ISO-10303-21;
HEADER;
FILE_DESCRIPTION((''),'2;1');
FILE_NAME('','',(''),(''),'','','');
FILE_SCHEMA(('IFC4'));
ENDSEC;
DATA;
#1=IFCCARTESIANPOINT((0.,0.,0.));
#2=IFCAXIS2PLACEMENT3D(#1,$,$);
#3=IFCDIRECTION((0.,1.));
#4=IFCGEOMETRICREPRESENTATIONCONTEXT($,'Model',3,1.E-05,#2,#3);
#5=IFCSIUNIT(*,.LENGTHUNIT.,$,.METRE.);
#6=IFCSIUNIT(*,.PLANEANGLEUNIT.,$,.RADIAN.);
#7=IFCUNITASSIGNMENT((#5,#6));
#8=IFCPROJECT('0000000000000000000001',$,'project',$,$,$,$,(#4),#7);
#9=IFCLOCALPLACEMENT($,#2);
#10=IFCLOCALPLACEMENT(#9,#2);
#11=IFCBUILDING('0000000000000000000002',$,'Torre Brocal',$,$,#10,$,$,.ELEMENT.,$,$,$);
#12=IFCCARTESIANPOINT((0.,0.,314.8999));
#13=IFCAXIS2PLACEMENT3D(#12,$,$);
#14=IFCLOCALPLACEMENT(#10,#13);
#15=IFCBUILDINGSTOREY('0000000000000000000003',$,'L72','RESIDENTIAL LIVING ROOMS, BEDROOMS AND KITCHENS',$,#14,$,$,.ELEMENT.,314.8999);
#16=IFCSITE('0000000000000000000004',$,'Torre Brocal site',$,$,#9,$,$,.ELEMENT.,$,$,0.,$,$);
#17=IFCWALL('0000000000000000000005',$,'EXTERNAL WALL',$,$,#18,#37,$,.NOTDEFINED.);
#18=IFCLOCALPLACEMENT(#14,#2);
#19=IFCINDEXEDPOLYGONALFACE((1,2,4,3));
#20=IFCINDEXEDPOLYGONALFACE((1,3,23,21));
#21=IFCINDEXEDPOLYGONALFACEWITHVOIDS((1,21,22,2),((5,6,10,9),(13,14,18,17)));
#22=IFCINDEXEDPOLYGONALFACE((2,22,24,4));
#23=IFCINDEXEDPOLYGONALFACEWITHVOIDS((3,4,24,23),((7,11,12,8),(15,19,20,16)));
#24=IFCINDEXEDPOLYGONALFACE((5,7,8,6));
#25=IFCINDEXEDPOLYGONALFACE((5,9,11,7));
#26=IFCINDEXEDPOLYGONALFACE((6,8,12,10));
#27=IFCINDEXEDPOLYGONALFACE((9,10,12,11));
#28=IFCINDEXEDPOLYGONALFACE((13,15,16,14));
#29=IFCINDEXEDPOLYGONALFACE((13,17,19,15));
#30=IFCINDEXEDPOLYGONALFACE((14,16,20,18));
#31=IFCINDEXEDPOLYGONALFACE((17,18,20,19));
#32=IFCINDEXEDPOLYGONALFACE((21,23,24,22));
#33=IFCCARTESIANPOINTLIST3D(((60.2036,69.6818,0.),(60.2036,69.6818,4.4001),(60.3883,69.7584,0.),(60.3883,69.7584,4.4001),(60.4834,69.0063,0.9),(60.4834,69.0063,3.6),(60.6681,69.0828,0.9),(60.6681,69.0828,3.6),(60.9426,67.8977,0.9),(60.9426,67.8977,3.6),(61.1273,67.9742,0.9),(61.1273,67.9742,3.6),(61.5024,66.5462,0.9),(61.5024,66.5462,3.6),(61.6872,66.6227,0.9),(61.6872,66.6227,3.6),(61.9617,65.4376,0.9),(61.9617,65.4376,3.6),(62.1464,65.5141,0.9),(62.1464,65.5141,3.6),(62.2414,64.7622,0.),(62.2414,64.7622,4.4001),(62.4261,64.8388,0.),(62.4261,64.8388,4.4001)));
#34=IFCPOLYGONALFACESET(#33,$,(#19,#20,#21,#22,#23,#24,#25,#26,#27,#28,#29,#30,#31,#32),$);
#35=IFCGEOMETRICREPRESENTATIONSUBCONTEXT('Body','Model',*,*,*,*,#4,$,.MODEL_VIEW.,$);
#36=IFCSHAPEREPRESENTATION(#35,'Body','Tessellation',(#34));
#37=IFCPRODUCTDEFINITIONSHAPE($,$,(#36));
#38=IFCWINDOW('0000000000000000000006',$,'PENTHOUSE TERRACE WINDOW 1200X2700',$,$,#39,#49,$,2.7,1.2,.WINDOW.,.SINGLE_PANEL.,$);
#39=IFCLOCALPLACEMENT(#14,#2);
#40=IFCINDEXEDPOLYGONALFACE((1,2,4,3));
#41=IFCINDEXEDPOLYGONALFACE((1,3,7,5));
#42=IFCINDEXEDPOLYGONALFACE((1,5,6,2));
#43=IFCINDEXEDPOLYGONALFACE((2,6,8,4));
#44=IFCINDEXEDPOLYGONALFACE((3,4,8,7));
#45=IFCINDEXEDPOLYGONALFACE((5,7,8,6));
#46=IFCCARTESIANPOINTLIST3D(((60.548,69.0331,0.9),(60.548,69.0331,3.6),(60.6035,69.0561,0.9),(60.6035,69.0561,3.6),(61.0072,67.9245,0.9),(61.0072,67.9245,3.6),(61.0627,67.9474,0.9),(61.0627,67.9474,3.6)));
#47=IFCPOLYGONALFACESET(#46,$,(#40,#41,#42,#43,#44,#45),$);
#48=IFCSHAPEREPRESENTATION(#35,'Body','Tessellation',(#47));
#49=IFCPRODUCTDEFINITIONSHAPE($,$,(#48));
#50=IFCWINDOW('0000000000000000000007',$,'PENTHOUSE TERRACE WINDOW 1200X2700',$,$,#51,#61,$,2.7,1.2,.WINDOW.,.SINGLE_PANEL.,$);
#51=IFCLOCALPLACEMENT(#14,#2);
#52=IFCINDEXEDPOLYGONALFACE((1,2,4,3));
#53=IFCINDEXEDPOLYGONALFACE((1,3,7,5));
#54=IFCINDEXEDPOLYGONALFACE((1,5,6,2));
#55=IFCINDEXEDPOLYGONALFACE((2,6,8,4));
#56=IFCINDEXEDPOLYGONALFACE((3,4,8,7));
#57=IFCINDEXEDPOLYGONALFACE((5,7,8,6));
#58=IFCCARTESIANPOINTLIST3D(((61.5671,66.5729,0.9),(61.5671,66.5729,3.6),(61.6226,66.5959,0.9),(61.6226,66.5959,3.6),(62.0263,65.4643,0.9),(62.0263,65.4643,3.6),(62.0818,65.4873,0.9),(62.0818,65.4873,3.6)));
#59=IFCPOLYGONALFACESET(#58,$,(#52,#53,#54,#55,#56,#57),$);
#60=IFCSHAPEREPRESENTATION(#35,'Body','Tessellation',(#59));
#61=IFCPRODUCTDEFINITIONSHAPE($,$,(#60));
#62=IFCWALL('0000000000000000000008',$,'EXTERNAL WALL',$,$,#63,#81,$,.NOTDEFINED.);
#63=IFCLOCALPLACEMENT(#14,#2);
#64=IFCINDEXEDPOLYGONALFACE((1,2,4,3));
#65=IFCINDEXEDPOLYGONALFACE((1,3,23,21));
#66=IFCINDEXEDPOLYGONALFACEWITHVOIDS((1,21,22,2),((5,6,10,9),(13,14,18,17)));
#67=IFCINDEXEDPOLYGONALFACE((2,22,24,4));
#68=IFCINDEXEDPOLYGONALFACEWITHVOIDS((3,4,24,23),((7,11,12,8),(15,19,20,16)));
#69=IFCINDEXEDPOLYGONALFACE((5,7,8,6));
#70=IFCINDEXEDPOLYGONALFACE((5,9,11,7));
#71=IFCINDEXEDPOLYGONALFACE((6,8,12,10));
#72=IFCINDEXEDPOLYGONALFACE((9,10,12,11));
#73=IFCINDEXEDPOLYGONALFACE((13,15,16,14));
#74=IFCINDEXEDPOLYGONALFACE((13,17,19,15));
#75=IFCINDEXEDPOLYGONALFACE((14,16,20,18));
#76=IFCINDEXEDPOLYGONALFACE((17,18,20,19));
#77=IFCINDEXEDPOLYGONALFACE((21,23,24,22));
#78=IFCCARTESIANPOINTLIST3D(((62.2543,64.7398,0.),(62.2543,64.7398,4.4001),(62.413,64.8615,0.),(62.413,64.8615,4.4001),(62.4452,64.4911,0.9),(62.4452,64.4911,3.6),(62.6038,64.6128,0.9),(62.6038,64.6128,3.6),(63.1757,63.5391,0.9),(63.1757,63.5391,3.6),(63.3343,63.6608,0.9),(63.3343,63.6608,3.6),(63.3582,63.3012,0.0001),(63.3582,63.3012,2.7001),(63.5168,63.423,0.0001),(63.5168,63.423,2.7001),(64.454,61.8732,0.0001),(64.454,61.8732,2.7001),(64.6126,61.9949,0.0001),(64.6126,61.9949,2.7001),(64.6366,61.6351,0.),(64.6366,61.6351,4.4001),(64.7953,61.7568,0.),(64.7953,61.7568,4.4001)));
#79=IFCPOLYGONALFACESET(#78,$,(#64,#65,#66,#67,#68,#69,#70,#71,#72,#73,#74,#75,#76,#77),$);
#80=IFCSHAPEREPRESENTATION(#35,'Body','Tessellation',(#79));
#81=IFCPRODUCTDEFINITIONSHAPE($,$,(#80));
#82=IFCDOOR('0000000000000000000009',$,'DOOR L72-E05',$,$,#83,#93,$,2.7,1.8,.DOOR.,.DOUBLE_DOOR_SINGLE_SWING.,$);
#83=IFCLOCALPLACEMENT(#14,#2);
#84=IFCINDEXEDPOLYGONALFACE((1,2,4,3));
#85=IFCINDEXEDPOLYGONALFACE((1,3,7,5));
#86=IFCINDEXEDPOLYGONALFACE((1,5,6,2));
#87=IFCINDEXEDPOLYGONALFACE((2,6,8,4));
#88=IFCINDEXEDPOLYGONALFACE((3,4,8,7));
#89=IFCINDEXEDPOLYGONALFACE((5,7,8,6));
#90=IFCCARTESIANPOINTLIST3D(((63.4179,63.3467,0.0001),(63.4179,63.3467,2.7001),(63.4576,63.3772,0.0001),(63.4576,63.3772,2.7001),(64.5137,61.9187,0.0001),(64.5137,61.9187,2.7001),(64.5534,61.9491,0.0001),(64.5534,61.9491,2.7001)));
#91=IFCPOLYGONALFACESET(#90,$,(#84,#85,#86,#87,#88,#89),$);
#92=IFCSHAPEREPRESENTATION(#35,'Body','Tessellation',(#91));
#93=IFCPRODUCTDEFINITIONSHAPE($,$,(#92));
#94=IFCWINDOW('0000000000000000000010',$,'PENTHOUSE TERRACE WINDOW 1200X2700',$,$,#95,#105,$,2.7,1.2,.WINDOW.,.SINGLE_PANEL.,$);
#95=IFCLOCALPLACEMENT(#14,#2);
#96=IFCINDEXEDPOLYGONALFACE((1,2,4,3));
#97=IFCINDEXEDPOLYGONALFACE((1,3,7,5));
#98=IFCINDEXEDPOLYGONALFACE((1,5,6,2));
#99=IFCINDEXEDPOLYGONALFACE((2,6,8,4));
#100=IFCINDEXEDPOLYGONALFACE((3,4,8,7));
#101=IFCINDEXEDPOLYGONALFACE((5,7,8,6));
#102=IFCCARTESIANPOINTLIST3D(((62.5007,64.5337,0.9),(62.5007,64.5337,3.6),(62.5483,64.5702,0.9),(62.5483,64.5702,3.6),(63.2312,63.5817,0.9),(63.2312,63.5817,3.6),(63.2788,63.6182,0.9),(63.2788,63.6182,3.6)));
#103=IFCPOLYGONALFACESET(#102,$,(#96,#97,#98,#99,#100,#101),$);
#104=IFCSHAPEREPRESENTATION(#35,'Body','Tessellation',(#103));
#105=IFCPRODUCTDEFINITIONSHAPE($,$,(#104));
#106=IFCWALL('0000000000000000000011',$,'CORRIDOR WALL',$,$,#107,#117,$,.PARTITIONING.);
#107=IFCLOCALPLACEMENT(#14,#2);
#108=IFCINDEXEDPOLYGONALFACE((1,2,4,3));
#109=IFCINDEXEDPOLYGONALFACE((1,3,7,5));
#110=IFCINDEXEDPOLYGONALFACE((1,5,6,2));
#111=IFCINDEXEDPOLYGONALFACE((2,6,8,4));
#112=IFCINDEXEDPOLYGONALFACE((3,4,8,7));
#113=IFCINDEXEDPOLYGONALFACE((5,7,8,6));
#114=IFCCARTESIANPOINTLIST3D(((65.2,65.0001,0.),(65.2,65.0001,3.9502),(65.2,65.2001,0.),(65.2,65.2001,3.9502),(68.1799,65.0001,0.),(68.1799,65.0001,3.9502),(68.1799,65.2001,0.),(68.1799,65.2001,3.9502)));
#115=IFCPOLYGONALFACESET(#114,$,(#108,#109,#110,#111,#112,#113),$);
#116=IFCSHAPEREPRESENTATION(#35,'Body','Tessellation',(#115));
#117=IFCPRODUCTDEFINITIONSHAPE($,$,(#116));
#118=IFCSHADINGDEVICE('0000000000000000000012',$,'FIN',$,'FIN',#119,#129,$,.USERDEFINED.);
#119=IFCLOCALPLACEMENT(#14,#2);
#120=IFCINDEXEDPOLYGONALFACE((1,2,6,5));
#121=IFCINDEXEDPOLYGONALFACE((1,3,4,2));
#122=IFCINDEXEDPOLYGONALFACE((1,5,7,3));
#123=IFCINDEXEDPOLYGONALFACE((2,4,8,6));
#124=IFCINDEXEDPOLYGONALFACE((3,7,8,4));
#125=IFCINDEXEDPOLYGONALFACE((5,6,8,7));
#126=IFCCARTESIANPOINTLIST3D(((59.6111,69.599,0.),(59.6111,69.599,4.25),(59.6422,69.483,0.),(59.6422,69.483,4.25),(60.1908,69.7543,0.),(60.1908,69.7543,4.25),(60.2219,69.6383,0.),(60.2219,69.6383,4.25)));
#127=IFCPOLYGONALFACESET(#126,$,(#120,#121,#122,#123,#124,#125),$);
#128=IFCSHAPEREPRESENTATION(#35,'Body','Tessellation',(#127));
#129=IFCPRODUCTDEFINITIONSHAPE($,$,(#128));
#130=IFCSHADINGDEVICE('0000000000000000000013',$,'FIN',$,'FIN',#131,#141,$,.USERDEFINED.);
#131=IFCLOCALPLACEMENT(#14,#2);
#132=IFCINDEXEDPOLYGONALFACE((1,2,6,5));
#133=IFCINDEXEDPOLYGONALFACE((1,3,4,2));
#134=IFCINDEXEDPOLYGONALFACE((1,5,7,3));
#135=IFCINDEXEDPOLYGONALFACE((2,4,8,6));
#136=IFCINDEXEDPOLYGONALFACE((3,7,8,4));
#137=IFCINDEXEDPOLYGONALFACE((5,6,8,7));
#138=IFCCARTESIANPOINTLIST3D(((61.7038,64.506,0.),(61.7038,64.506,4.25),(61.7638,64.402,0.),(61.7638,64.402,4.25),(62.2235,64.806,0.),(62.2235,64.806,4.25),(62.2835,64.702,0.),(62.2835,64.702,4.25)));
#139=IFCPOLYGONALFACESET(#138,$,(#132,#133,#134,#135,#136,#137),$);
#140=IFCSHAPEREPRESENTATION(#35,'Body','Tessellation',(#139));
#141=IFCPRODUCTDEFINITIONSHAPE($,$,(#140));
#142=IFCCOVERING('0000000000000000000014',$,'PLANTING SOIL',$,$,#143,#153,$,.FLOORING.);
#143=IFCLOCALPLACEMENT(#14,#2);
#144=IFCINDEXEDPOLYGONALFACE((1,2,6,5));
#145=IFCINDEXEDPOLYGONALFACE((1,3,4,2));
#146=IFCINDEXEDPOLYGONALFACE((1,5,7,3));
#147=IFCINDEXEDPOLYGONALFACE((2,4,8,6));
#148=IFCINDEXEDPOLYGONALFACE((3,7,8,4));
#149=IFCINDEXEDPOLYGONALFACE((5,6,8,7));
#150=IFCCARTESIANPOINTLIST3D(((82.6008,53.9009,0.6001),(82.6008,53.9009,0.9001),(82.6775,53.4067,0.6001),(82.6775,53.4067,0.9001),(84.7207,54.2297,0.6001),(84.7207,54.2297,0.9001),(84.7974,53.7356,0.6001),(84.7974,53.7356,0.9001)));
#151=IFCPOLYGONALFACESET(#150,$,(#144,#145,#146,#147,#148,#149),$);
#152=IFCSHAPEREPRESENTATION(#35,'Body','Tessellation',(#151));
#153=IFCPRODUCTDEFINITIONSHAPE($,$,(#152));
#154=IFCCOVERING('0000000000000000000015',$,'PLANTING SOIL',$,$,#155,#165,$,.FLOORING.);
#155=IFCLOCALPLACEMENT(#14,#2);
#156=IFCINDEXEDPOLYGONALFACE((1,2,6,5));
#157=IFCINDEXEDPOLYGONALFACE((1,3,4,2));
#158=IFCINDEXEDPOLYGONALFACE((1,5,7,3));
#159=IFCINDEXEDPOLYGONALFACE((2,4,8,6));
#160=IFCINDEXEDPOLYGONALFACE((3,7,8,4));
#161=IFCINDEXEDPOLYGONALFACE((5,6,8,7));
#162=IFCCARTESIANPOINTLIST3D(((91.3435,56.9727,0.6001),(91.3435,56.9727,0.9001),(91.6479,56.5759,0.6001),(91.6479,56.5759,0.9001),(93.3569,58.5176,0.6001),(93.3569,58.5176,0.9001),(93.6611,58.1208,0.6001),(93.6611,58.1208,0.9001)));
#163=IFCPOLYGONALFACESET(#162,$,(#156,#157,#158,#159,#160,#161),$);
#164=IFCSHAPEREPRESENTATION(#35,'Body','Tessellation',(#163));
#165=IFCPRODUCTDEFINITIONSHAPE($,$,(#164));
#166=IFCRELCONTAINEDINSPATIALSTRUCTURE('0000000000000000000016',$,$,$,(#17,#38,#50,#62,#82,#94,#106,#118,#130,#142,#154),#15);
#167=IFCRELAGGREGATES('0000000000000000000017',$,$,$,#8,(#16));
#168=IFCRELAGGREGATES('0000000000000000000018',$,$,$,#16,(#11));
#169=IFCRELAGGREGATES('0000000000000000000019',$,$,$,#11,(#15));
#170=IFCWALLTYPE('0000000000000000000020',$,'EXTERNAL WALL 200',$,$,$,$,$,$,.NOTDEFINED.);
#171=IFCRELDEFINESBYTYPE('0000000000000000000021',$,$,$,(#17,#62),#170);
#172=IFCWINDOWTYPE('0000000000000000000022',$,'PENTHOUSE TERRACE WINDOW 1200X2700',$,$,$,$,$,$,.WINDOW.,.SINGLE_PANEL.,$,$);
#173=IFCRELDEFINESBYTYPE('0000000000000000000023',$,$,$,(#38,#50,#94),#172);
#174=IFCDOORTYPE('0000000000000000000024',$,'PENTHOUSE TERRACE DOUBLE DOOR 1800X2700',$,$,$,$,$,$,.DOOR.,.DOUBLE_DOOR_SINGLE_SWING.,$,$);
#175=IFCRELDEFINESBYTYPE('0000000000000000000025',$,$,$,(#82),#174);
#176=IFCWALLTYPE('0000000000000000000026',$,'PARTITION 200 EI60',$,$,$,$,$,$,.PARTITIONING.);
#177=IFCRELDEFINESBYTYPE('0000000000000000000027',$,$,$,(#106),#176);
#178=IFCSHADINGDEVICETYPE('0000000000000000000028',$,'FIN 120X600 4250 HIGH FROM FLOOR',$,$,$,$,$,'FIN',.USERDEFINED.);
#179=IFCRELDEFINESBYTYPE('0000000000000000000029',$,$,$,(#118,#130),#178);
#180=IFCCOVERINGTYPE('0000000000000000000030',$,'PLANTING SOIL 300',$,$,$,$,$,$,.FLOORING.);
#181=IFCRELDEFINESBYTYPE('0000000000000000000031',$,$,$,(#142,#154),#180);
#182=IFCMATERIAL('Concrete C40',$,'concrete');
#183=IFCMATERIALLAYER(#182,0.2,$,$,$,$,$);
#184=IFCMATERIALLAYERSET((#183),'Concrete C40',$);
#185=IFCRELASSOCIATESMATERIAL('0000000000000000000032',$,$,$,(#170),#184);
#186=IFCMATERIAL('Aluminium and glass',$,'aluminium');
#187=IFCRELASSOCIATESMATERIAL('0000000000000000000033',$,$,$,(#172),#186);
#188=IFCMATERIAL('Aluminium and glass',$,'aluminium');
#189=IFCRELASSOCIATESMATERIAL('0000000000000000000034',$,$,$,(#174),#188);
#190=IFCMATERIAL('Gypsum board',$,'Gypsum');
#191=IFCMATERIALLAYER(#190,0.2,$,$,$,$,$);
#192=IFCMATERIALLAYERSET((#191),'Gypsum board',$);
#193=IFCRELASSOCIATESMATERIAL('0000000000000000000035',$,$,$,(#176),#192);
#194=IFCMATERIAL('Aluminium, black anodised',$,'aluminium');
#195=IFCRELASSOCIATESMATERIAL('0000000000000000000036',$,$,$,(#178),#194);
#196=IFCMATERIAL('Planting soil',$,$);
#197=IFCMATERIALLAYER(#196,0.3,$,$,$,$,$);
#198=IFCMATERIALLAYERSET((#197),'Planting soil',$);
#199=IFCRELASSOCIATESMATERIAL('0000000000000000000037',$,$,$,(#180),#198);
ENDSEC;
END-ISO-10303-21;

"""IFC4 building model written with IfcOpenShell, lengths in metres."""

from ifc_helpers import new_model, si_unit, direction, frame, frame_2d, origin, origin_2d, place, context, subcontext, project, spatial, polyline, rectangle, outline, extrude, material, layer, layer_set, material_profile, profile_set, type_object, element, fill, save


model = new_model("IFC4")

# Units and contexts
model_context = context("Model", 3, precision=1e-05, world=origin(), true_north=direction((0.0, 1.0)))
body_context = subcontext(model_context, "Body", "Model", "MODEL_VIEW")
ifc_project = project(units=[si_unit("LENGTHUNIT", "METRE"), si_unit("PLANEANGLEUNIT", "RADIAN")], contexts=[model_context])

# Site, building, storey
site_placement = place(None, origin())
site = spatial("IfcSite", under=ifc_project, at=site_placement, Name="Torre Brocal site", CompositionType="ELEMENT", RefElevation=0.0)
building_placement = place(site_placement, origin())
building = spatial("IfcBuilding", under=site, at=building_placement, Name="Torre Brocal", CompositionType="ELEMENT")
storey_placement = place(building_placement, frame((0.0, 0.0, 314.8999)))
storey = spatial("IfcBuildingStorey", under=building, at=storey_placement, Name="L72", Description="RESIDENTIAL LIVING ROOMS, BEDROOMS AND KITCHENS", CompositionType="ELEMENT", Elevation=314.8999)

# Wall, openings, windows
ifc_material_1 = material(Name="Concrete C40", Category="concrete")
ifc_layer_1 = layer(ifc_material_1, 0.2)
ifc_layer_set_1 = layer_set([ifc_layer_1], Name="Concrete C40")
wall_type_1 = type_object("IfcWallType", Name="EXTERNAL WALL 200", PredefinedType="NOTDEFINED", material=ifc_layer_set_1)
wall_1_placement = place(storey_placement, frame((60.2959, 69.7202, 0.0), z_axis=(0.0, 0.0, 1.0), x_axis=(0.382691, -0.923877, 0.0)))
wall_1 = element("IfcWall", 1, at=wall_1_placement, inside=storey, type_object=wall_type_1, Name="EXTERNAL WALL", PredefinedType="NOTDEFINED", context=body_context, shape_type="SweptSolid", body=[
    extrude(rectangle(XDim=5.325, YDim=0.2, at=frame_2d((2.6626, 0.0))), origin(), (0.0, 0.0, 1.0), 4.4001),
])
opening_1_placement = place(wall_1_placement, frame((0.7312, 0.0, 0.8999)))
opening_1 = element("IfcOpeningElement", 2, at=opening_1_placement, cuts=wall_1, PredefinedType="OPENING", context=body_context, shape_type="SweptSolid", body=[
    extrude(rectangle(XDim=1.2, YDim=2.7, at=frame_2d((0.6001, 1.3501))), frame((0.0, 0.1099, 0.0), z_axis=(0.0, -1.0, 0.0), x_axis=(1.0, 0.0, 0.0)), (0.0, 0.0, 1.0), 0.22),
])
opening_2_placement = place(wall_1_placement, frame((3.394, 0.0, 0.8999)))
opening_2 = element("IfcOpeningElement", 3, at=opening_2_placement, cuts=wall_1, PredefinedType="OPENING", context=body_context, shape_type="SweptSolid", body=[
    extrude(rectangle(XDim=1.2, YDim=2.7, at=frame_2d((0.6001, 1.3501))), frame((0.0, 0.1099, 0.0), z_axis=(0.0, -1.0, 0.0), x_axis=(1.0, 0.0, 0.0)), (0.0, 0.0, 1.0), 0.22),
])
ifc_material_2 = material(Name="Aluminium and glass", Category="aluminium")
window_type = type_object("IfcWindowType", Name="PENTHOUSE TERRACE WINDOW 1200X2700", PartitioningType="SINGLE_PANEL", PredefinedType="WINDOW", material=ifc_material_2)
window_1_placement = place(opening_1_placement, origin())
window_1 = element("IfcWindow", 4, at=window_1_placement, inside=storey, type_object=window_type, Name="PENTHOUSE TERRACE WINDOW 1200X2700", OverallHeight=2.7, OverallWidth=1.2, PartitioningType="SINGLE_PANEL", PredefinedType="WINDOW", context=body_context, shape_type="SweptSolid", body=[
    extrude(rectangle(XDim=1.2, YDim=2.7, at=frame_2d((0.6001, 1.3501))), frame((0.0, 0.03, 0.0), z_axis=(0.0, -1.0, 0.0), x_axis=(1.0, 0.0, 0.0)), (0.0, 0.0, 1.0), 0.0601),
])
fill(opening_1, window_1)
window_2_placement = place(opening_2_placement, origin())
window_2 = element("IfcWindow", 5, at=window_2_placement, inside=storey, type_object=window_type, Name="PENTHOUSE TERRACE WINDOW 1200X2700", OverallHeight=2.7, OverallWidth=1.2, PartitioningType="SINGLE_PANEL", PredefinedType="WINDOW", context=body_context, shape_type="SweptSolid", body=[
    extrude(rectangle(XDim=1.2, YDim=2.7, at=frame_2d((0.6001, 1.3501))), frame((0.0, 0.03, 0.0), z_axis=(0.0, -1.0, 0.0), x_axis=(1.0, 0.0, 0.0)), (0.0, 0.0, 1.0), 0.0601),
])
fill(opening_2, window_2)

# Wall, openings, door, window
wall_2_placement = place(storey_placement, frame((62.3337, 64.8005, 0.0), z_axis=(0.0, 0.0, 1.0), x_axis=(0.608758, -0.793356, 0.0)))
wall_2 = element("IfcWall", 6, at=wall_2_placement, inside=storey, type_object=wall_type_1, Name="EXTERNAL WALL", PredefinedType="NOTDEFINED", context=body_context, shape_type="SweptSolid", body=[
    extrude(rectangle(XDim=3.9133, YDim=0.2, at=frame_2d((1.9565, 0.0))), origin(), (0.0, 0.0, 1.0), 4.4001),
])
opening_3_placement = place(wall_2_placement, frame((0.3132, 0.0, 0.8999)))
opening_3 = element("IfcOpeningElement", 7, at=opening_3_placement, cuts=wall_2, PredefinedType="OPENING", context=body_context, shape_type="SweptSolid", body=[
    extrude(rectangle(XDim=1.2, YDim=2.7, at=frame_2d((0.6001, 1.3501))), frame((0.0, 0.1099, 0.0), z_axis=(0.0, -1.0, 0.0), x_axis=(1.0, 0.0, 0.0)), (0.0, 0.0, 1.0), 0.22),
])
opening_4_placement = place(wall_2_placement, frame((1.8132, 0.0, 0.0)))
opening_4 = element("IfcOpeningElement", 8, at=opening_4_placement, cuts=wall_2, PredefinedType="OPENING", context=body_context, shape_type="SweptSolid", body=[
    extrude(rectangle(XDim=1.8, YDim=2.7, at=frame_2d((0.8999, 1.3501))), frame((0.0, 0.1099, 0.0), z_axis=(0.0, -1.0, 0.0), x_axis=(1.0, 0.0, 0.0)), (0.0, 0.0, 1.0), 0.22),
])
ifc_material_3 = material(Name="Aluminium and glass", Category="aluminium")
door_type_1 = type_object("IfcDoorType", Name="PENTHOUSE TERRACE DOUBLE DOOR 1800X2700", OperationType="DOUBLE_DOOR_SINGLE_SWING", PredefinedType="DOOR", material=ifc_material_3)
door_1_placement = place(opening_4_placement, frame((1.8, 0.0, 0.0), z_axis=(0.0, 0.0, 1.0), x_axis=(-1.0, 0.0, 0.0)))
door_1 = element("IfcDoor", 9, at=door_1_placement, inside=storey, type_object=door_type_1, Name="DOOR L72-E05", OperationType="DOUBLE_DOOR_SINGLE_SWING", OverallHeight=2.7, OverallWidth=1.8, PredefinedType="DOOR", context=body_context, shape_type="SweptSolid", body=[
    extrude(rectangle(XDim=1.8, YDim=2.7, at=frame_2d((0.8999, 1.3501))), frame((0.0, 0.0249, 0.0), z_axis=(0.0, -1.0, 0.0), x_axis=(1.0, 0.0, 0.0)), (0.0, 0.0, 1.0), 0.05),
])
fill(opening_4, door_1)
window_3_placement = place(opening_3_placement, origin())
window_3 = element("IfcWindow", 10, at=window_3_placement, inside=storey, type_object=window_type, Name="PENTHOUSE TERRACE WINDOW 1200X2700", OverallHeight=2.7, OverallWidth=1.2, PartitioningType="SINGLE_PANEL", PredefinedType="WINDOW", context=body_context, shape_type="SweptSolid", body=[
    extrude(rectangle(XDim=1.2, YDim=2.7, at=frame_2d((0.6001, 1.3501))), frame((0.0, 0.03, 0.0), z_axis=(0.0, -1.0, 0.0), x_axis=(1.0, 0.0, 0.0)), (0.0, 0.0, 1.0), 0.0601),
])
fill(opening_3, window_3)

# Wall
ifc_material_4 = material(Name="Gypsum board", Category="Gypsum")
ifc_layer_2 = layer(ifc_material_4, 0.2)
ifc_layer_set_2 = layer_set([ifc_layer_2], Name="Gypsum board")
wall_type_2 = type_object("IfcWallType", Name="PARTITION 200 EI60", PredefinedType="PARTITIONING", material=ifc_layer_set_2)
wall_3_placement = place(storey_placement, frame((65.2, 65.1001, 0.0), z_axis=(0.0, 0.0, 1.0), x_axis=(1.0, 0.0, 0.0)))
element("IfcWall", 11, at=wall_3_placement, inside=storey, type_object=wall_type_2, Name="CORRIDOR WALL", PredefinedType="PARTITIONING", context=body_context, shape_type="SweptSolid", body=[
    extrude(rectangle(XDim=2.98, YDim=0.2, at=frame_2d((1.49, 0.0))), origin(), (0.0, 0.0, 1.0), 3.9502),
])

# Shading devices
ifc_material_5 = material(Name="Aluminium, black anodised", Category="aluminium")
ifc_material_profile_1 = material_profile(ifc_material_5, rectangle(XDim=0.1201, YDim=0.6001, at=origin_2d()), Name="FIN 120X600 4250 HIGH FROM FLOOR")
ifc_profile_set_1 = profile_set([ifc_material_profile_1], Name="Aluminium, black anodised")
shading_device_type = type_object("IfcShadingDeviceType", Name="FIN 120X600 4250 HIGH FROM FLOOR", ElementType="FIN", PredefinedType="USERDEFINED", material=ifc_profile_set_1)
for number, where, z_axis, x_axis, name in (
    (12, (59.9165, 69.6187, 0.0), (0.0, 0.0, 1.0), (0.258819, -0.965926, 0.0), "FIN"),
    (13, (61.9937, 64.604, 0.0), (0.0, 0.0, 1.0), (0.5, -0.866025, 0.0), "FIN"),
):
    element("IfcShadingDevice", number, at=place(storey_placement, frame(where, z_axis=z_axis, x_axis=x_axis)), inside=storey, type_object=shading_device_type, Name=name, ObjectType="FIN", PredefinedType="USERDEFINED", context=body_context, shape_type="SweptSolid", body=[
        extrude(rectangle(XDim=0.1201, YDim=0.6001, at=origin_2d()), origin(), (0.0, 0.0, 1.0), 4.25),
    ])

# Coverings
ifc_material_6 = material(Name="Planting soil")
ifc_layer_3 = layer(ifc_material_6, 0.3)
ifc_layer_set_3 = layer_set([ifc_layer_3], Name="Planting soil")
covering_type = type_object("IfcCoveringType", Name="PLANTING SOIL 300", PredefinedType="FLOORING", material=ifc_layer_set_3)
covering_1_placement = place(storey_placement, frame((0.0, 0.0, 0.6001)))
element("IfcCovering", 14, at=covering_1_placement, inside=storey, type_object=covering_type, Name="PLANTING SOIL", PredefinedType="FLOORING", context=body_context, shape_type="SweptSolid", body=[
    extrude(outline(polyline([(82.6008, 53.9009), (84.7207, 54.2297), (84.7974, 53.7356), (82.6775, 53.4067), (82.6008, 53.9009)])), origin(), (0.0, 0.0, 1.0), 0.3),
])
covering_2_placement = place(storey_placement, frame((0.0, 0.0, 0.6001)))
element("IfcCovering", 15, at=covering_2_placement, inside=storey, type_object=covering_type, Name="PLANTING SOIL", PredefinedType="FLOORING", context=body_context, shape_type="SweptSolid", body=[
    extrude(outline(polyline([(91.3435, 56.9727), (93.3569, 58.5176), (93.6611, 58.1208), (91.6479, 56.5759), (91.3435, 56.9727)])), origin(), (0.0, 0.0, 1.0), 0.3),
])

save(model, "model.ifc")
